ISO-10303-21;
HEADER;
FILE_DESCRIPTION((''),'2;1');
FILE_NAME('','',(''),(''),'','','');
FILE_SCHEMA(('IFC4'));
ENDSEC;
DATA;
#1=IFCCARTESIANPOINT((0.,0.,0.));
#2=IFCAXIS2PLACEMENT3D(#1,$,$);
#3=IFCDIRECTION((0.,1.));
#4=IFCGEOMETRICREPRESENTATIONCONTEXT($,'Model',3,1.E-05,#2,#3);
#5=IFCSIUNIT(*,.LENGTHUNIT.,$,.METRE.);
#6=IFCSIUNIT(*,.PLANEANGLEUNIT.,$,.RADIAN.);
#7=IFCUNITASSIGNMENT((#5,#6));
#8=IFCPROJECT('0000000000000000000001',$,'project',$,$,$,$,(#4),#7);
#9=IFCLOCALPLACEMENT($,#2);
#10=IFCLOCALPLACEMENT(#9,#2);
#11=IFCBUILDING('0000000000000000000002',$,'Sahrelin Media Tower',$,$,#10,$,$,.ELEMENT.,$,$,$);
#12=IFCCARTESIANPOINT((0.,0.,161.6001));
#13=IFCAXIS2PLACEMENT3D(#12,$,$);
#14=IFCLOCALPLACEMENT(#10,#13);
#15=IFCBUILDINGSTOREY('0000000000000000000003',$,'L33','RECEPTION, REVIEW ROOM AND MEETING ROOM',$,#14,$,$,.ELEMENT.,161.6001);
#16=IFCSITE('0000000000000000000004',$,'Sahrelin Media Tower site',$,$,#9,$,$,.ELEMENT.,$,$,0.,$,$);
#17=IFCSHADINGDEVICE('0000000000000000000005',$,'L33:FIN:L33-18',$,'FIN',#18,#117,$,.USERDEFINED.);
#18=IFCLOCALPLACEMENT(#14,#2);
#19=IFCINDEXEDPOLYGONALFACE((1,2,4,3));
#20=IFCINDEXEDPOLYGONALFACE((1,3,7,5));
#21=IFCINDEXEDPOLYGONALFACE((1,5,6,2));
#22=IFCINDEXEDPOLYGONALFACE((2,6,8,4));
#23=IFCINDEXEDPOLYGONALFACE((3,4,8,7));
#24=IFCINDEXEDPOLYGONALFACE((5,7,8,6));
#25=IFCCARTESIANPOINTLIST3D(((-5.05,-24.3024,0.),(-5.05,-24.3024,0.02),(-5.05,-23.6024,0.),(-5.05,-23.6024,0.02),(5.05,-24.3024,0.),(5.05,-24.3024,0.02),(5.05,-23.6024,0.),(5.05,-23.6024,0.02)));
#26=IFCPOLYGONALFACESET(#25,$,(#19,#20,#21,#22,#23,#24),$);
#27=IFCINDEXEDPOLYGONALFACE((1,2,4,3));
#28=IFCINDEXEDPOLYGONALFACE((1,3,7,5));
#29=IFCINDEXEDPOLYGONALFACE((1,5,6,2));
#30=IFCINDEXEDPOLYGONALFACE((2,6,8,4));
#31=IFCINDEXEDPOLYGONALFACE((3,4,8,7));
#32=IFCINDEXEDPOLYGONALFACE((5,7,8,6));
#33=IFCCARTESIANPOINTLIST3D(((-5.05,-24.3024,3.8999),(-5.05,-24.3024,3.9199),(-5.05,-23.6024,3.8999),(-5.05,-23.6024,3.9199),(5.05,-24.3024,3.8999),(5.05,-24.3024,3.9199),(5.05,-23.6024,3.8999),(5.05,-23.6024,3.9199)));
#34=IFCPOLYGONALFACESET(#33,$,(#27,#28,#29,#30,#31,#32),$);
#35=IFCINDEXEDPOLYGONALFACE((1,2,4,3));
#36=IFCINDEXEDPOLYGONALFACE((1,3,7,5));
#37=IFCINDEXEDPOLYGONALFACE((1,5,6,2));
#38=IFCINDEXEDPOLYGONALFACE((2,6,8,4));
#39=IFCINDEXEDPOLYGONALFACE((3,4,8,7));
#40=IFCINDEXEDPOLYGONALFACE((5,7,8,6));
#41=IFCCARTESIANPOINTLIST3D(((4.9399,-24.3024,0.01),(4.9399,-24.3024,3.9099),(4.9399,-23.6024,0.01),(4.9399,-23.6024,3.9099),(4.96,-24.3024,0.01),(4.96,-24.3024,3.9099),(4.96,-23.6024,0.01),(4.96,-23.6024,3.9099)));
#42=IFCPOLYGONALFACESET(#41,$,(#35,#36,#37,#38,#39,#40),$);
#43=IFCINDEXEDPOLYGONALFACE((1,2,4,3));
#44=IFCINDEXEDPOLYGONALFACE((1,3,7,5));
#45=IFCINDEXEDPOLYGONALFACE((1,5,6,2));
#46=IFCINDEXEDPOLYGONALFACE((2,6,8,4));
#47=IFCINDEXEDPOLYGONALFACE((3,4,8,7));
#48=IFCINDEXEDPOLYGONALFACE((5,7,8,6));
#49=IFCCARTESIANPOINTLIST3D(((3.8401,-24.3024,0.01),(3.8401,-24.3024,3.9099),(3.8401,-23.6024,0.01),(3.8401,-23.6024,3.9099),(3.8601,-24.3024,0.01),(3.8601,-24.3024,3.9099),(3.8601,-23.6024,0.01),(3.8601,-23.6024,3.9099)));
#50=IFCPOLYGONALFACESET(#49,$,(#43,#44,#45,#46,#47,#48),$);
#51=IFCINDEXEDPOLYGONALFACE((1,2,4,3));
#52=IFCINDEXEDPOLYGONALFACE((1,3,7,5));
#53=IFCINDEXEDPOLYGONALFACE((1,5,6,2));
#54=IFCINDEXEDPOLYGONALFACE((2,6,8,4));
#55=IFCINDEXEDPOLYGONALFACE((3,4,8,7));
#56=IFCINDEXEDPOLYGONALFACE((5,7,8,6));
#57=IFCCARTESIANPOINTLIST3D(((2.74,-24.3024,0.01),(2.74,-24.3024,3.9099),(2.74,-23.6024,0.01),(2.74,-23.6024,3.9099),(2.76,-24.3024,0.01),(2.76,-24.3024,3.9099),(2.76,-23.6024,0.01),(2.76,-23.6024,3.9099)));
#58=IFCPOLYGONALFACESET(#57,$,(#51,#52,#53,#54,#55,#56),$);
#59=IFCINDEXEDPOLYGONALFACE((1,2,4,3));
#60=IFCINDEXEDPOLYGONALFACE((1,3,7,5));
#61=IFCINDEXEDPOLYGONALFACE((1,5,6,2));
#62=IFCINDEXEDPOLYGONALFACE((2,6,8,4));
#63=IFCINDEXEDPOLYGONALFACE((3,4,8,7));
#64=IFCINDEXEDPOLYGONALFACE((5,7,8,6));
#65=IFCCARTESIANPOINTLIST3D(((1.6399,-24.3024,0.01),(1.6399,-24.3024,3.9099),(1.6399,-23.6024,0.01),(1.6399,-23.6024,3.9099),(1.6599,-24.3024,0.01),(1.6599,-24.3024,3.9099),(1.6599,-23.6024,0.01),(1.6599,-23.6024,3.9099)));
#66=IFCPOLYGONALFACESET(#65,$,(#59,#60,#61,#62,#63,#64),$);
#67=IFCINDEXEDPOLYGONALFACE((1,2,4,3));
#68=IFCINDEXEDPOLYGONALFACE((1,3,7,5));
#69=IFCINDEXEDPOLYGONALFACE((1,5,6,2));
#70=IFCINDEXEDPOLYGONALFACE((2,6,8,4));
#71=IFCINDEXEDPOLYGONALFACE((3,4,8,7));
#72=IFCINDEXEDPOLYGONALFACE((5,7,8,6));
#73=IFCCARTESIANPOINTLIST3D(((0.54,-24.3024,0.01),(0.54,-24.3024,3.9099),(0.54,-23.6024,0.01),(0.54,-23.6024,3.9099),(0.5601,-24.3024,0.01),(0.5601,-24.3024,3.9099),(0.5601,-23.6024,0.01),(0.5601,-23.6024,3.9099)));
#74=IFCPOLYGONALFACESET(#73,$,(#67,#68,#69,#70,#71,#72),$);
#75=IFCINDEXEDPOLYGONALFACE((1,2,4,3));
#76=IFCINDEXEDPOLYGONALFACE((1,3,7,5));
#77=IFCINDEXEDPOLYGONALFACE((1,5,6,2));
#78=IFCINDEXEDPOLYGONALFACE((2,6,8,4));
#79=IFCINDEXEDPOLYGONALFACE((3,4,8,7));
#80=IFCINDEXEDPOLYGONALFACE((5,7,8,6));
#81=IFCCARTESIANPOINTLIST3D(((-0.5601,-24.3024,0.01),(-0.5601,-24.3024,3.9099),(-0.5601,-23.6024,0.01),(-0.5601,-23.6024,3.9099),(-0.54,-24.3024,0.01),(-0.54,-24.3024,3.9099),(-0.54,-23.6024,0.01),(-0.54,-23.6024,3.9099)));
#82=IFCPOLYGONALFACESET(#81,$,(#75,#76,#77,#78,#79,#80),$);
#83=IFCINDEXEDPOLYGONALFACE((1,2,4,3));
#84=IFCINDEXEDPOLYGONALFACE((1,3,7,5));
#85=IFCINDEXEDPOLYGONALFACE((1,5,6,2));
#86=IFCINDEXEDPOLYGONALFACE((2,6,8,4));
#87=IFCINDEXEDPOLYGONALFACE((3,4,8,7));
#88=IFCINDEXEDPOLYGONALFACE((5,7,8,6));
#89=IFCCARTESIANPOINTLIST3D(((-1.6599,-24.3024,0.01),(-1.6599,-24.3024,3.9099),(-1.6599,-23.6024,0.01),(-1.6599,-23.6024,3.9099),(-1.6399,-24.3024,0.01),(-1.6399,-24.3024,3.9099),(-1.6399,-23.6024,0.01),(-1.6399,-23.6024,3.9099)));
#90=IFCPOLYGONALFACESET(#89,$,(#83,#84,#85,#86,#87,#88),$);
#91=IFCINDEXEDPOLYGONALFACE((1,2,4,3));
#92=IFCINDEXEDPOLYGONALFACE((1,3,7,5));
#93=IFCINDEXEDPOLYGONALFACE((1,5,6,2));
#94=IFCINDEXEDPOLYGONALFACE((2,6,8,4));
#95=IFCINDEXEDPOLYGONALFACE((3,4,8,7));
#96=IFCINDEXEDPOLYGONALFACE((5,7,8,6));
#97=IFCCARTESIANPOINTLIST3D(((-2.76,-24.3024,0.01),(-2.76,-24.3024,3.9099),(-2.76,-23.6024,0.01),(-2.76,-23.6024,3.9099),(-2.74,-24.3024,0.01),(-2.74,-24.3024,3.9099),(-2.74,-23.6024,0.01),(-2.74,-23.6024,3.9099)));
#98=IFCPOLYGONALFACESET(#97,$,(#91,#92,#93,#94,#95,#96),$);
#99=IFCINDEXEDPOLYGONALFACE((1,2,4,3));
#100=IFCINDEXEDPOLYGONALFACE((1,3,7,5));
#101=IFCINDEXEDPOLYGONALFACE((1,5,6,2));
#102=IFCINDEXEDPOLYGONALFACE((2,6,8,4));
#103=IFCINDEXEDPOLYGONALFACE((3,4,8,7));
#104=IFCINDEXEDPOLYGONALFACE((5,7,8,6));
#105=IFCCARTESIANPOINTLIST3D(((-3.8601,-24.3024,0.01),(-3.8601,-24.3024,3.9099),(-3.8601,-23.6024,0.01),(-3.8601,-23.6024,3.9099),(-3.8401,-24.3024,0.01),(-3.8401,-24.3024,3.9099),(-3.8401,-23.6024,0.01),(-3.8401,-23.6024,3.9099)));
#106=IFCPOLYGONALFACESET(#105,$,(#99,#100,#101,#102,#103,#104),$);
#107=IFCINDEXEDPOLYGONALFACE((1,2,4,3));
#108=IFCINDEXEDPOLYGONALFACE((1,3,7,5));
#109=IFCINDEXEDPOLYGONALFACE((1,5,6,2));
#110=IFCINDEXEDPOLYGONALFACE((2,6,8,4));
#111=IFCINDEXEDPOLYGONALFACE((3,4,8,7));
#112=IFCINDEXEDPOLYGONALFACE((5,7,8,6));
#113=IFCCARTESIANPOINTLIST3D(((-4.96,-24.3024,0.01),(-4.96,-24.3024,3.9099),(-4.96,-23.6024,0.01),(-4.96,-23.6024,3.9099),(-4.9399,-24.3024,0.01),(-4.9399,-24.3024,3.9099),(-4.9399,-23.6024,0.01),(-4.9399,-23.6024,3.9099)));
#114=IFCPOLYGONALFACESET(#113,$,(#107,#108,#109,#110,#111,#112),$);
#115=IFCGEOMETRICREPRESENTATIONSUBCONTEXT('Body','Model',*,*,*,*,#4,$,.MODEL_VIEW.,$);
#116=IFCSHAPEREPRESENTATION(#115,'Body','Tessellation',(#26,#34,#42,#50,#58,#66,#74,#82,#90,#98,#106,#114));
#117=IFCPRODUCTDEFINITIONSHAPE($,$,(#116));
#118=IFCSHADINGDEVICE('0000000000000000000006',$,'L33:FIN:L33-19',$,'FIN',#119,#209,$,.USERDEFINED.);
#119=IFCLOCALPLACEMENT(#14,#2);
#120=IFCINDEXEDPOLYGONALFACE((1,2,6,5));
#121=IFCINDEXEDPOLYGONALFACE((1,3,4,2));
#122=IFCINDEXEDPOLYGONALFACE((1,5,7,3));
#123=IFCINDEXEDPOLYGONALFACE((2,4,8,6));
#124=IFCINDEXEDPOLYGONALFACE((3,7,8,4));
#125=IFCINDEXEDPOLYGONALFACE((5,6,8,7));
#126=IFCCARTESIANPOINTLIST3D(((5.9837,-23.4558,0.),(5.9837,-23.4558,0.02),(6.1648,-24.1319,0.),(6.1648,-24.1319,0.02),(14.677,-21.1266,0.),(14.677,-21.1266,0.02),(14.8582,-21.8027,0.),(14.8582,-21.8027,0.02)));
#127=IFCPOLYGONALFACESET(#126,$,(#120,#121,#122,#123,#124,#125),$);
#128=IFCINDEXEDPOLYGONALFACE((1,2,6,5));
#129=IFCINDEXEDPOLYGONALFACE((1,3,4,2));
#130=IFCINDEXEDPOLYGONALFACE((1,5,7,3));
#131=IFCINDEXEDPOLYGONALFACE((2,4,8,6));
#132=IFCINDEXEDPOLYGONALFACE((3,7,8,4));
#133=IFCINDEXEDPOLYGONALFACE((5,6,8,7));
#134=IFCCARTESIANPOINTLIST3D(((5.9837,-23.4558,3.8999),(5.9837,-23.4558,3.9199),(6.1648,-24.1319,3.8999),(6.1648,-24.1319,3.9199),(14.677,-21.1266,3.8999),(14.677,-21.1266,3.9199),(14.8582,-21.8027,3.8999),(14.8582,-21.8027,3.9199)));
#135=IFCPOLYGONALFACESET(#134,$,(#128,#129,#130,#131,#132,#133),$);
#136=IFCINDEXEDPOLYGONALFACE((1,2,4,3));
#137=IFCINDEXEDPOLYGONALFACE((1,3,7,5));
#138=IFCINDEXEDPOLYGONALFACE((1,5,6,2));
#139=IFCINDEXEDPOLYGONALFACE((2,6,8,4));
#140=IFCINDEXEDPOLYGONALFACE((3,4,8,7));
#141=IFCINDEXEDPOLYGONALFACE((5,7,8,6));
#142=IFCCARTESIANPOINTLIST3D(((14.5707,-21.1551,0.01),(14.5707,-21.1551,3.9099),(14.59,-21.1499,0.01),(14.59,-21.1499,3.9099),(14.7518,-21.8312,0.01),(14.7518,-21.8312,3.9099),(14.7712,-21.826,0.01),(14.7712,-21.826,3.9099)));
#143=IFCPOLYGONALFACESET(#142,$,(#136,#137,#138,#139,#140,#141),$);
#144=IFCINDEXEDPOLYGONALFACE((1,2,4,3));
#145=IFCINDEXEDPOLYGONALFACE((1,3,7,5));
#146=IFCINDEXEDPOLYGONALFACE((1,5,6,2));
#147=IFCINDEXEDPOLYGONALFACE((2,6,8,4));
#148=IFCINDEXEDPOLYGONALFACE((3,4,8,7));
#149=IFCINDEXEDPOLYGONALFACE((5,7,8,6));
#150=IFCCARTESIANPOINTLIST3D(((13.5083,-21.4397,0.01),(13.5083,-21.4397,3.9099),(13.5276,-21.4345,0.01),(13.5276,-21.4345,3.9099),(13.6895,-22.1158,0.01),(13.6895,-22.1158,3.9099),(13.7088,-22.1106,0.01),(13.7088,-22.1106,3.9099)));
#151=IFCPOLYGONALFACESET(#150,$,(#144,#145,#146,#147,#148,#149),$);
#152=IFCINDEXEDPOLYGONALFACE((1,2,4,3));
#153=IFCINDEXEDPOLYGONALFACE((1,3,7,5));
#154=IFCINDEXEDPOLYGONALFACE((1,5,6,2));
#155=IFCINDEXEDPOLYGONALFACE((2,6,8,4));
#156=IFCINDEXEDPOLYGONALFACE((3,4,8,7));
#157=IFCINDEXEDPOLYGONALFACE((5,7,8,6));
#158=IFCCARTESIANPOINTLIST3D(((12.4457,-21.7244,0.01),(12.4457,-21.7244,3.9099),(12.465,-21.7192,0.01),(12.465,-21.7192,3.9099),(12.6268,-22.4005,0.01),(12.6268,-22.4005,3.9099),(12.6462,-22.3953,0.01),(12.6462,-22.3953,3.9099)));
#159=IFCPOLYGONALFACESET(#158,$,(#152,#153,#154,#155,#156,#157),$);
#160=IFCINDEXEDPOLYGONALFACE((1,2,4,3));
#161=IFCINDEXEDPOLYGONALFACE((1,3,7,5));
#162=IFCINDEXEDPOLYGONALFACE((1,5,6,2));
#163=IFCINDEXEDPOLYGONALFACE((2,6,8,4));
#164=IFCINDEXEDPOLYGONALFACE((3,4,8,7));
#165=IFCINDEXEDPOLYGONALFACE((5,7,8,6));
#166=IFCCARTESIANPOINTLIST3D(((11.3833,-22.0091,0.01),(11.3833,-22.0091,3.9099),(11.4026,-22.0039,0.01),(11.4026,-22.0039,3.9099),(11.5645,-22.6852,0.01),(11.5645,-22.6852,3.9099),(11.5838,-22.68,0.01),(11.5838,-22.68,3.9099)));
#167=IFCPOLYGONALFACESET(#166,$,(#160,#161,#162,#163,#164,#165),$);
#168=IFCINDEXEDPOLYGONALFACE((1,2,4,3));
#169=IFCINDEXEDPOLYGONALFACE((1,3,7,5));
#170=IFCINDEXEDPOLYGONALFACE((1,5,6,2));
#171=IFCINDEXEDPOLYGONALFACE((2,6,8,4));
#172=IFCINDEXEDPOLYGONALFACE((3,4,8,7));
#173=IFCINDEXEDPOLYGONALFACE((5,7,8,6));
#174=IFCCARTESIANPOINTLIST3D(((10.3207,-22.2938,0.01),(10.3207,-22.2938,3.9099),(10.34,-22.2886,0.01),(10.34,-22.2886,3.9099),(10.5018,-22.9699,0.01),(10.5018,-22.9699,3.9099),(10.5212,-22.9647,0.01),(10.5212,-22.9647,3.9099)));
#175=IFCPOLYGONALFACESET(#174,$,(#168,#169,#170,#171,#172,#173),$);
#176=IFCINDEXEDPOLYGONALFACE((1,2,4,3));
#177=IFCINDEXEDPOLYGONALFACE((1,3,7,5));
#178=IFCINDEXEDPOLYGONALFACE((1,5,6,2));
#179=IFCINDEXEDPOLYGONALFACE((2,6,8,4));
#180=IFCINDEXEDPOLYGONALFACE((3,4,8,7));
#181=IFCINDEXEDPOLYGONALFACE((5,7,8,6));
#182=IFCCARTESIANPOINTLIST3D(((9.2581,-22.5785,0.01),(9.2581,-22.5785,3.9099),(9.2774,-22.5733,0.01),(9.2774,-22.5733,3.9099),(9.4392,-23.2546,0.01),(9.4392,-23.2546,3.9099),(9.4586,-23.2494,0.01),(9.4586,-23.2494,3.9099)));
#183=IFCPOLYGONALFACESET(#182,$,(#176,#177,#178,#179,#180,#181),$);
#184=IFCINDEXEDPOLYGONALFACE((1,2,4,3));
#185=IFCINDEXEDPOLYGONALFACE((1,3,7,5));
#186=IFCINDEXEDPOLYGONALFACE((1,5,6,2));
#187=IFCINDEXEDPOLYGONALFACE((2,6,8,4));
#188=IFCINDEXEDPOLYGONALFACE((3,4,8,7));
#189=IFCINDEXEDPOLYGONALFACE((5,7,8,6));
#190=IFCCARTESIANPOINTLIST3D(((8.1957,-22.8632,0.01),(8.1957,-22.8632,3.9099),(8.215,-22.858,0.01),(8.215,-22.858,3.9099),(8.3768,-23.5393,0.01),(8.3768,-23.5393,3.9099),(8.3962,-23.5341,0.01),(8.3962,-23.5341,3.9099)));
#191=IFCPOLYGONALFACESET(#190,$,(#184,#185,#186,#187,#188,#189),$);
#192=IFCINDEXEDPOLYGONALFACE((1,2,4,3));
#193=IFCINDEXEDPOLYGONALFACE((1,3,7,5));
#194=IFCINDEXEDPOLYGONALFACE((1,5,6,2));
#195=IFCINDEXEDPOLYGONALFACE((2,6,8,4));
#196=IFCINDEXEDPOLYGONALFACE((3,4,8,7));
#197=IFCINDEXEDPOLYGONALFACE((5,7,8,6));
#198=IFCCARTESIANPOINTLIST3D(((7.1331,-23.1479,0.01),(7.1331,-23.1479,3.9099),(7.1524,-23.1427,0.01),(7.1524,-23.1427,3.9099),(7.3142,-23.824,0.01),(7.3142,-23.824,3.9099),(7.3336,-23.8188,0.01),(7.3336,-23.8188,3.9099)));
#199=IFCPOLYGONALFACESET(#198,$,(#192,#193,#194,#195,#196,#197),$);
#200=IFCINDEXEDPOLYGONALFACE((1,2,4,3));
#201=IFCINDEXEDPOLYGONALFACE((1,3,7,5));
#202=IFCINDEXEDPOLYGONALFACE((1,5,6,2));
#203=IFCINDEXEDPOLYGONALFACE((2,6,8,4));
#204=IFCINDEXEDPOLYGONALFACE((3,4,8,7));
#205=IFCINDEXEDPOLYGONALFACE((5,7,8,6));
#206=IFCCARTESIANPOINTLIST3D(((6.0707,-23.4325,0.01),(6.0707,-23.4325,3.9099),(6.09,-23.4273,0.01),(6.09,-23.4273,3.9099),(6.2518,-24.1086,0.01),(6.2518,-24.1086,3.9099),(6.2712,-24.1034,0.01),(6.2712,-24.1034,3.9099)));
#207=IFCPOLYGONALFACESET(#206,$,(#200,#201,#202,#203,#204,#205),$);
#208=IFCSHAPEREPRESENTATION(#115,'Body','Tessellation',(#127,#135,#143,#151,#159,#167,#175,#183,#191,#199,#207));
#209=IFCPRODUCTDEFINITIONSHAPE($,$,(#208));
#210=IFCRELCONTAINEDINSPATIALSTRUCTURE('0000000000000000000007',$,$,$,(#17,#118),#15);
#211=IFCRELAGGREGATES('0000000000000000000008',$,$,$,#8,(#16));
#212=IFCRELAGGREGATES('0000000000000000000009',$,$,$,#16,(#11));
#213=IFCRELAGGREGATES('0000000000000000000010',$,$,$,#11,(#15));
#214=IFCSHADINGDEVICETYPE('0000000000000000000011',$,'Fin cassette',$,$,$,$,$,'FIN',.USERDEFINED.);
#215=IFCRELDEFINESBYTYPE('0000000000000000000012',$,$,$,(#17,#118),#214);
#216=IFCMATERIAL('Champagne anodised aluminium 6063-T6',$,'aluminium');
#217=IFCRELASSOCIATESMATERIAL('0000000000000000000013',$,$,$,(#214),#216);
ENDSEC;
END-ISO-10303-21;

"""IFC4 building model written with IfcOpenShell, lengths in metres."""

from ifc_helpers import new_model, si_unit, direction, frame, origin, origin_2d, place, context, subcontext, project, spatial, rectangle, extrude, material, type_object, element, save


model = new_model("IFC4")

# Units and contexts
model_context = context("Model", 3, precision=1e-05, world=origin(), true_north=direction((0.0, 1.0)))
body_context = subcontext(model_context, "Body", "Model", "MODEL_VIEW")
ifc_project = project(units=[si_unit("LENGTHUNIT", "METRE"), si_unit("PLANEANGLEUNIT", "RADIAN")], contexts=[model_context])

# Site, building, storey
site_placement = place(None, origin())
site = spatial("IfcSite", under=ifc_project, at=site_placement, Name="Sahrelin Media Tower site", CompositionType="ELEMENT", RefElevation=0.0)
building_placement = place(site_placement, origin())
building = spatial("IfcBuilding", under=site, at=building_placement, Name="Sahrelin Media Tower", CompositionType="ELEMENT")
storey_placement = place(building_placement, frame((0.0, 0.0, 161.6001)))
storey = spatial("IfcBuildingStorey", under=building, at=storey_placement, Name="L33", Description="RECEPTION, REVIEW ROOM AND MEETING ROOM", CompositionType="ELEMENT", Elevation=161.6001)

# Shared definitions
ifc_material_1 = material(Name="Champagne anodised aluminium 6063-T6", Category="aluminium")

# Shading devices
shading_device_type_1 = type_object("IfcShadingDeviceType", Name="Fin cassette", ElementType="FIN", PredefinedType="USERDEFINED", material=ifc_material_1)
placement_1 = place(storey_placement, frame((0.0, -23.5325, 0.0), z_axis=(0.0, 0.0, 1.0), x_axis=(-1.0, 0.0, 0.0)))
element("IfcShadingDevice", 1, at=placement_1, inside=storey, type_object=shading_device_type_1, Name="L33:FIN:L33-18", ObjectType="FIN", PredefinedType="USERDEFINED", context=body_context, shape_type="SweptSolid", body=[
    extrude(rectangle(XDim=10.1001, YDim=0.7, at=origin_2d()), frame((0.0, 0.4199, 0.0)), (0.0, 0.0, 1.0), 0.02),
    extrude(rectangle(XDim=10.1001, YDim=0.7, at=origin_2d()), frame((0.0, 0.4199, 3.8999)), (0.0, 0.0, 1.0), 0.02),
    extrude(rectangle(XDim=0.02, YDim=0.7, at=origin_2d()), frame((-4.95, 0.4199, 0.01), z_axis=(0.0, 0.0, 1.0), x_axis=(1.0, 0.0, 0.0)), (0.0, 0.0, 1.0), 3.8999),
    extrude(rectangle(XDim=0.02, YDim=0.7, at=origin_2d()), frame((-3.8501, 0.4199, 0.01), z_axis=(0.0, 0.0, 1.0), x_axis=(1.0, 0.0, 0.0)), (0.0, 0.0, 1.0), 3.8999),
    extrude(rectangle(XDim=0.02, YDim=0.7, at=origin_2d()), frame((-2.75, 0.4199, 0.01), z_axis=(0.0, 0.0, 1.0), x_axis=(1.0, 0.0, 0.0)), (0.0, 0.0, 1.0), 3.8999),
    extrude(rectangle(XDim=0.02, YDim=0.7, at=origin_2d()), frame((-1.6499, 0.4199, 0.01), z_axis=(0.0, 0.0, 1.0), x_axis=(1.0, 0.0, 0.0)), (0.0, 0.0, 1.0), 3.8999),
    extrude(rectangle(XDim=0.02, YDim=0.7, at=origin_2d()), frame((-0.55, 0.4199, 0.01), z_axis=(0.0, 0.0, 1.0), x_axis=(1.0, 0.0, 0.0)), (0.0, 0.0, 1.0), 3.8999),
    extrude(rectangle(XDim=0.02, YDim=0.7, at=origin_2d()), frame((0.55, 0.4199, 0.01), z_axis=(0.0, 0.0, 1.0), x_axis=(1.0, 0.0, 0.0)), (0.0, 0.0, 1.0), 3.8999),
    extrude(rectangle(XDim=0.02, YDim=0.7, at=origin_2d()), frame((1.6499, 0.4199, 0.01), z_axis=(0.0, 0.0, 1.0), x_axis=(1.0, 0.0, 0.0)), (0.0, 0.0, 1.0), 3.8999),
    extrude(rectangle(XDim=0.02, YDim=0.7, at=origin_2d()), frame((2.75, 0.4199, 0.01), z_axis=(0.0, 0.0, 1.0), x_axis=(1.0, 0.0, 0.0)), (0.0, 0.0, 1.0), 3.8999),
    extrude(rectangle(XDim=0.02, YDim=0.7, at=origin_2d()), frame((3.8501, 0.4199, 0.01), z_axis=(0.0, 0.0, 1.0), x_axis=(1.0, 0.0, 0.0)), (0.0, 0.0, 1.0), 3.8999),
    extrude(rectangle(XDim=0.02, YDim=0.7, at=origin_2d()), frame((4.95, 0.4199, 0.01), z_axis=(0.0, 0.0, 1.0), x_axis=(1.0, 0.0, 0.0)), (0.0, 0.0, 1.0), 3.8999),
])
placement_2 = place(storey_placement, frame((10.3123, -22.2236, 0.0), z_axis=(0.0, 0.0, 1.0), x_axis=(-0.965929, -0.258808, 0.0)))
element("IfcShadingDevice", 2, at=placement_2, inside=storey, type_object=shading_device_type_1, Name="L33:FIN:L33-19", ObjectType="FIN", PredefinedType="USERDEFINED", context=body_context, shape_type="SweptSolid", body=[
    extrude(rectangle(XDim=9.0, YDim=0.7, at=origin_2d()), frame((0.0, 0.4199, 0.0)), (0.0, 0.0, 1.0), 0.02),
    extrude(rectangle(XDim=9.0, YDim=0.7, at=origin_2d()), frame((0.0, 0.4199, 3.8999)), (0.0, 0.0, 1.0), 0.02),
    extrude(rectangle(XDim=0.02, YDim=0.7, at=origin_2d()), frame((-4.3999, 0.4199, 0.01), z_axis=(0.0, 0.0, 1.0), x_axis=(1.0, 0.0, 0.0)), (0.0, 0.0, 1.0), 3.8999),
    extrude(rectangle(XDim=0.02, YDim=0.7, at=origin_2d()), frame((-3.3, 0.4199, 0.01), z_axis=(0.0, 0.0, 1.0), x_axis=(1.0, 0.0, 0.0)), (0.0, 0.0, 1.0), 3.8999),
    extrude(rectangle(XDim=0.02, YDim=0.7, at=origin_2d()), frame((-2.2, 0.4199, 0.01), z_axis=(0.0, 0.0, 1.0), x_axis=(1.0, 0.0, 0.0)), (0.0, 0.0, 1.0), 3.8999),
    extrude(rectangle(XDim=0.02, YDim=0.7, at=origin_2d()), frame((-1.1001, 0.4199, 0.01), z_axis=(0.0, 0.0, 1.0), x_axis=(1.0, 0.0, 0.0)), (0.0, 0.0, 1.0), 3.8999),
    extrude(rectangle(XDim=0.02, YDim=0.7, at=origin_2d()), frame((0.0, 0.4199, 0.01), z_axis=(0.0, 0.0, 1.0), x_axis=(1.0, 0.0, 0.0)), (0.0, 0.0, 1.0), 3.8999),
    extrude(rectangle(XDim=0.02, YDim=0.7, at=origin_2d()), frame((1.1001, 0.4199, 0.01), z_axis=(0.0, 0.0, 1.0), x_axis=(1.0, 0.0, 0.0)), (0.0, 0.0, 1.0), 3.8999),
    extrude(rectangle(XDim=0.02, YDim=0.7, at=origin_2d()), frame((2.2, 0.4199, 0.01), z_axis=(0.0, 0.0, 1.0), x_axis=(1.0, 0.0, 0.0)), (0.0, 0.0, 1.0), 3.8999),
    extrude(rectangle(XDim=0.02, YDim=0.7, at=origin_2d()), frame((3.3, 0.4199, 0.01), z_axis=(0.0, 0.0, 1.0), x_axis=(1.0, 0.0, 0.0)), (0.0, 0.0, 1.0), 3.8999),
    extrude(rectangle(XDim=0.02, YDim=0.7, at=origin_2d()), frame((4.3999, 0.4199, 0.01), z_axis=(0.0, 0.0, 1.0), x_axis=(1.0, 0.0, 0.0)), (0.0, 0.0, 1.0), 3.8999),
])

save(model, "model.ifc")
